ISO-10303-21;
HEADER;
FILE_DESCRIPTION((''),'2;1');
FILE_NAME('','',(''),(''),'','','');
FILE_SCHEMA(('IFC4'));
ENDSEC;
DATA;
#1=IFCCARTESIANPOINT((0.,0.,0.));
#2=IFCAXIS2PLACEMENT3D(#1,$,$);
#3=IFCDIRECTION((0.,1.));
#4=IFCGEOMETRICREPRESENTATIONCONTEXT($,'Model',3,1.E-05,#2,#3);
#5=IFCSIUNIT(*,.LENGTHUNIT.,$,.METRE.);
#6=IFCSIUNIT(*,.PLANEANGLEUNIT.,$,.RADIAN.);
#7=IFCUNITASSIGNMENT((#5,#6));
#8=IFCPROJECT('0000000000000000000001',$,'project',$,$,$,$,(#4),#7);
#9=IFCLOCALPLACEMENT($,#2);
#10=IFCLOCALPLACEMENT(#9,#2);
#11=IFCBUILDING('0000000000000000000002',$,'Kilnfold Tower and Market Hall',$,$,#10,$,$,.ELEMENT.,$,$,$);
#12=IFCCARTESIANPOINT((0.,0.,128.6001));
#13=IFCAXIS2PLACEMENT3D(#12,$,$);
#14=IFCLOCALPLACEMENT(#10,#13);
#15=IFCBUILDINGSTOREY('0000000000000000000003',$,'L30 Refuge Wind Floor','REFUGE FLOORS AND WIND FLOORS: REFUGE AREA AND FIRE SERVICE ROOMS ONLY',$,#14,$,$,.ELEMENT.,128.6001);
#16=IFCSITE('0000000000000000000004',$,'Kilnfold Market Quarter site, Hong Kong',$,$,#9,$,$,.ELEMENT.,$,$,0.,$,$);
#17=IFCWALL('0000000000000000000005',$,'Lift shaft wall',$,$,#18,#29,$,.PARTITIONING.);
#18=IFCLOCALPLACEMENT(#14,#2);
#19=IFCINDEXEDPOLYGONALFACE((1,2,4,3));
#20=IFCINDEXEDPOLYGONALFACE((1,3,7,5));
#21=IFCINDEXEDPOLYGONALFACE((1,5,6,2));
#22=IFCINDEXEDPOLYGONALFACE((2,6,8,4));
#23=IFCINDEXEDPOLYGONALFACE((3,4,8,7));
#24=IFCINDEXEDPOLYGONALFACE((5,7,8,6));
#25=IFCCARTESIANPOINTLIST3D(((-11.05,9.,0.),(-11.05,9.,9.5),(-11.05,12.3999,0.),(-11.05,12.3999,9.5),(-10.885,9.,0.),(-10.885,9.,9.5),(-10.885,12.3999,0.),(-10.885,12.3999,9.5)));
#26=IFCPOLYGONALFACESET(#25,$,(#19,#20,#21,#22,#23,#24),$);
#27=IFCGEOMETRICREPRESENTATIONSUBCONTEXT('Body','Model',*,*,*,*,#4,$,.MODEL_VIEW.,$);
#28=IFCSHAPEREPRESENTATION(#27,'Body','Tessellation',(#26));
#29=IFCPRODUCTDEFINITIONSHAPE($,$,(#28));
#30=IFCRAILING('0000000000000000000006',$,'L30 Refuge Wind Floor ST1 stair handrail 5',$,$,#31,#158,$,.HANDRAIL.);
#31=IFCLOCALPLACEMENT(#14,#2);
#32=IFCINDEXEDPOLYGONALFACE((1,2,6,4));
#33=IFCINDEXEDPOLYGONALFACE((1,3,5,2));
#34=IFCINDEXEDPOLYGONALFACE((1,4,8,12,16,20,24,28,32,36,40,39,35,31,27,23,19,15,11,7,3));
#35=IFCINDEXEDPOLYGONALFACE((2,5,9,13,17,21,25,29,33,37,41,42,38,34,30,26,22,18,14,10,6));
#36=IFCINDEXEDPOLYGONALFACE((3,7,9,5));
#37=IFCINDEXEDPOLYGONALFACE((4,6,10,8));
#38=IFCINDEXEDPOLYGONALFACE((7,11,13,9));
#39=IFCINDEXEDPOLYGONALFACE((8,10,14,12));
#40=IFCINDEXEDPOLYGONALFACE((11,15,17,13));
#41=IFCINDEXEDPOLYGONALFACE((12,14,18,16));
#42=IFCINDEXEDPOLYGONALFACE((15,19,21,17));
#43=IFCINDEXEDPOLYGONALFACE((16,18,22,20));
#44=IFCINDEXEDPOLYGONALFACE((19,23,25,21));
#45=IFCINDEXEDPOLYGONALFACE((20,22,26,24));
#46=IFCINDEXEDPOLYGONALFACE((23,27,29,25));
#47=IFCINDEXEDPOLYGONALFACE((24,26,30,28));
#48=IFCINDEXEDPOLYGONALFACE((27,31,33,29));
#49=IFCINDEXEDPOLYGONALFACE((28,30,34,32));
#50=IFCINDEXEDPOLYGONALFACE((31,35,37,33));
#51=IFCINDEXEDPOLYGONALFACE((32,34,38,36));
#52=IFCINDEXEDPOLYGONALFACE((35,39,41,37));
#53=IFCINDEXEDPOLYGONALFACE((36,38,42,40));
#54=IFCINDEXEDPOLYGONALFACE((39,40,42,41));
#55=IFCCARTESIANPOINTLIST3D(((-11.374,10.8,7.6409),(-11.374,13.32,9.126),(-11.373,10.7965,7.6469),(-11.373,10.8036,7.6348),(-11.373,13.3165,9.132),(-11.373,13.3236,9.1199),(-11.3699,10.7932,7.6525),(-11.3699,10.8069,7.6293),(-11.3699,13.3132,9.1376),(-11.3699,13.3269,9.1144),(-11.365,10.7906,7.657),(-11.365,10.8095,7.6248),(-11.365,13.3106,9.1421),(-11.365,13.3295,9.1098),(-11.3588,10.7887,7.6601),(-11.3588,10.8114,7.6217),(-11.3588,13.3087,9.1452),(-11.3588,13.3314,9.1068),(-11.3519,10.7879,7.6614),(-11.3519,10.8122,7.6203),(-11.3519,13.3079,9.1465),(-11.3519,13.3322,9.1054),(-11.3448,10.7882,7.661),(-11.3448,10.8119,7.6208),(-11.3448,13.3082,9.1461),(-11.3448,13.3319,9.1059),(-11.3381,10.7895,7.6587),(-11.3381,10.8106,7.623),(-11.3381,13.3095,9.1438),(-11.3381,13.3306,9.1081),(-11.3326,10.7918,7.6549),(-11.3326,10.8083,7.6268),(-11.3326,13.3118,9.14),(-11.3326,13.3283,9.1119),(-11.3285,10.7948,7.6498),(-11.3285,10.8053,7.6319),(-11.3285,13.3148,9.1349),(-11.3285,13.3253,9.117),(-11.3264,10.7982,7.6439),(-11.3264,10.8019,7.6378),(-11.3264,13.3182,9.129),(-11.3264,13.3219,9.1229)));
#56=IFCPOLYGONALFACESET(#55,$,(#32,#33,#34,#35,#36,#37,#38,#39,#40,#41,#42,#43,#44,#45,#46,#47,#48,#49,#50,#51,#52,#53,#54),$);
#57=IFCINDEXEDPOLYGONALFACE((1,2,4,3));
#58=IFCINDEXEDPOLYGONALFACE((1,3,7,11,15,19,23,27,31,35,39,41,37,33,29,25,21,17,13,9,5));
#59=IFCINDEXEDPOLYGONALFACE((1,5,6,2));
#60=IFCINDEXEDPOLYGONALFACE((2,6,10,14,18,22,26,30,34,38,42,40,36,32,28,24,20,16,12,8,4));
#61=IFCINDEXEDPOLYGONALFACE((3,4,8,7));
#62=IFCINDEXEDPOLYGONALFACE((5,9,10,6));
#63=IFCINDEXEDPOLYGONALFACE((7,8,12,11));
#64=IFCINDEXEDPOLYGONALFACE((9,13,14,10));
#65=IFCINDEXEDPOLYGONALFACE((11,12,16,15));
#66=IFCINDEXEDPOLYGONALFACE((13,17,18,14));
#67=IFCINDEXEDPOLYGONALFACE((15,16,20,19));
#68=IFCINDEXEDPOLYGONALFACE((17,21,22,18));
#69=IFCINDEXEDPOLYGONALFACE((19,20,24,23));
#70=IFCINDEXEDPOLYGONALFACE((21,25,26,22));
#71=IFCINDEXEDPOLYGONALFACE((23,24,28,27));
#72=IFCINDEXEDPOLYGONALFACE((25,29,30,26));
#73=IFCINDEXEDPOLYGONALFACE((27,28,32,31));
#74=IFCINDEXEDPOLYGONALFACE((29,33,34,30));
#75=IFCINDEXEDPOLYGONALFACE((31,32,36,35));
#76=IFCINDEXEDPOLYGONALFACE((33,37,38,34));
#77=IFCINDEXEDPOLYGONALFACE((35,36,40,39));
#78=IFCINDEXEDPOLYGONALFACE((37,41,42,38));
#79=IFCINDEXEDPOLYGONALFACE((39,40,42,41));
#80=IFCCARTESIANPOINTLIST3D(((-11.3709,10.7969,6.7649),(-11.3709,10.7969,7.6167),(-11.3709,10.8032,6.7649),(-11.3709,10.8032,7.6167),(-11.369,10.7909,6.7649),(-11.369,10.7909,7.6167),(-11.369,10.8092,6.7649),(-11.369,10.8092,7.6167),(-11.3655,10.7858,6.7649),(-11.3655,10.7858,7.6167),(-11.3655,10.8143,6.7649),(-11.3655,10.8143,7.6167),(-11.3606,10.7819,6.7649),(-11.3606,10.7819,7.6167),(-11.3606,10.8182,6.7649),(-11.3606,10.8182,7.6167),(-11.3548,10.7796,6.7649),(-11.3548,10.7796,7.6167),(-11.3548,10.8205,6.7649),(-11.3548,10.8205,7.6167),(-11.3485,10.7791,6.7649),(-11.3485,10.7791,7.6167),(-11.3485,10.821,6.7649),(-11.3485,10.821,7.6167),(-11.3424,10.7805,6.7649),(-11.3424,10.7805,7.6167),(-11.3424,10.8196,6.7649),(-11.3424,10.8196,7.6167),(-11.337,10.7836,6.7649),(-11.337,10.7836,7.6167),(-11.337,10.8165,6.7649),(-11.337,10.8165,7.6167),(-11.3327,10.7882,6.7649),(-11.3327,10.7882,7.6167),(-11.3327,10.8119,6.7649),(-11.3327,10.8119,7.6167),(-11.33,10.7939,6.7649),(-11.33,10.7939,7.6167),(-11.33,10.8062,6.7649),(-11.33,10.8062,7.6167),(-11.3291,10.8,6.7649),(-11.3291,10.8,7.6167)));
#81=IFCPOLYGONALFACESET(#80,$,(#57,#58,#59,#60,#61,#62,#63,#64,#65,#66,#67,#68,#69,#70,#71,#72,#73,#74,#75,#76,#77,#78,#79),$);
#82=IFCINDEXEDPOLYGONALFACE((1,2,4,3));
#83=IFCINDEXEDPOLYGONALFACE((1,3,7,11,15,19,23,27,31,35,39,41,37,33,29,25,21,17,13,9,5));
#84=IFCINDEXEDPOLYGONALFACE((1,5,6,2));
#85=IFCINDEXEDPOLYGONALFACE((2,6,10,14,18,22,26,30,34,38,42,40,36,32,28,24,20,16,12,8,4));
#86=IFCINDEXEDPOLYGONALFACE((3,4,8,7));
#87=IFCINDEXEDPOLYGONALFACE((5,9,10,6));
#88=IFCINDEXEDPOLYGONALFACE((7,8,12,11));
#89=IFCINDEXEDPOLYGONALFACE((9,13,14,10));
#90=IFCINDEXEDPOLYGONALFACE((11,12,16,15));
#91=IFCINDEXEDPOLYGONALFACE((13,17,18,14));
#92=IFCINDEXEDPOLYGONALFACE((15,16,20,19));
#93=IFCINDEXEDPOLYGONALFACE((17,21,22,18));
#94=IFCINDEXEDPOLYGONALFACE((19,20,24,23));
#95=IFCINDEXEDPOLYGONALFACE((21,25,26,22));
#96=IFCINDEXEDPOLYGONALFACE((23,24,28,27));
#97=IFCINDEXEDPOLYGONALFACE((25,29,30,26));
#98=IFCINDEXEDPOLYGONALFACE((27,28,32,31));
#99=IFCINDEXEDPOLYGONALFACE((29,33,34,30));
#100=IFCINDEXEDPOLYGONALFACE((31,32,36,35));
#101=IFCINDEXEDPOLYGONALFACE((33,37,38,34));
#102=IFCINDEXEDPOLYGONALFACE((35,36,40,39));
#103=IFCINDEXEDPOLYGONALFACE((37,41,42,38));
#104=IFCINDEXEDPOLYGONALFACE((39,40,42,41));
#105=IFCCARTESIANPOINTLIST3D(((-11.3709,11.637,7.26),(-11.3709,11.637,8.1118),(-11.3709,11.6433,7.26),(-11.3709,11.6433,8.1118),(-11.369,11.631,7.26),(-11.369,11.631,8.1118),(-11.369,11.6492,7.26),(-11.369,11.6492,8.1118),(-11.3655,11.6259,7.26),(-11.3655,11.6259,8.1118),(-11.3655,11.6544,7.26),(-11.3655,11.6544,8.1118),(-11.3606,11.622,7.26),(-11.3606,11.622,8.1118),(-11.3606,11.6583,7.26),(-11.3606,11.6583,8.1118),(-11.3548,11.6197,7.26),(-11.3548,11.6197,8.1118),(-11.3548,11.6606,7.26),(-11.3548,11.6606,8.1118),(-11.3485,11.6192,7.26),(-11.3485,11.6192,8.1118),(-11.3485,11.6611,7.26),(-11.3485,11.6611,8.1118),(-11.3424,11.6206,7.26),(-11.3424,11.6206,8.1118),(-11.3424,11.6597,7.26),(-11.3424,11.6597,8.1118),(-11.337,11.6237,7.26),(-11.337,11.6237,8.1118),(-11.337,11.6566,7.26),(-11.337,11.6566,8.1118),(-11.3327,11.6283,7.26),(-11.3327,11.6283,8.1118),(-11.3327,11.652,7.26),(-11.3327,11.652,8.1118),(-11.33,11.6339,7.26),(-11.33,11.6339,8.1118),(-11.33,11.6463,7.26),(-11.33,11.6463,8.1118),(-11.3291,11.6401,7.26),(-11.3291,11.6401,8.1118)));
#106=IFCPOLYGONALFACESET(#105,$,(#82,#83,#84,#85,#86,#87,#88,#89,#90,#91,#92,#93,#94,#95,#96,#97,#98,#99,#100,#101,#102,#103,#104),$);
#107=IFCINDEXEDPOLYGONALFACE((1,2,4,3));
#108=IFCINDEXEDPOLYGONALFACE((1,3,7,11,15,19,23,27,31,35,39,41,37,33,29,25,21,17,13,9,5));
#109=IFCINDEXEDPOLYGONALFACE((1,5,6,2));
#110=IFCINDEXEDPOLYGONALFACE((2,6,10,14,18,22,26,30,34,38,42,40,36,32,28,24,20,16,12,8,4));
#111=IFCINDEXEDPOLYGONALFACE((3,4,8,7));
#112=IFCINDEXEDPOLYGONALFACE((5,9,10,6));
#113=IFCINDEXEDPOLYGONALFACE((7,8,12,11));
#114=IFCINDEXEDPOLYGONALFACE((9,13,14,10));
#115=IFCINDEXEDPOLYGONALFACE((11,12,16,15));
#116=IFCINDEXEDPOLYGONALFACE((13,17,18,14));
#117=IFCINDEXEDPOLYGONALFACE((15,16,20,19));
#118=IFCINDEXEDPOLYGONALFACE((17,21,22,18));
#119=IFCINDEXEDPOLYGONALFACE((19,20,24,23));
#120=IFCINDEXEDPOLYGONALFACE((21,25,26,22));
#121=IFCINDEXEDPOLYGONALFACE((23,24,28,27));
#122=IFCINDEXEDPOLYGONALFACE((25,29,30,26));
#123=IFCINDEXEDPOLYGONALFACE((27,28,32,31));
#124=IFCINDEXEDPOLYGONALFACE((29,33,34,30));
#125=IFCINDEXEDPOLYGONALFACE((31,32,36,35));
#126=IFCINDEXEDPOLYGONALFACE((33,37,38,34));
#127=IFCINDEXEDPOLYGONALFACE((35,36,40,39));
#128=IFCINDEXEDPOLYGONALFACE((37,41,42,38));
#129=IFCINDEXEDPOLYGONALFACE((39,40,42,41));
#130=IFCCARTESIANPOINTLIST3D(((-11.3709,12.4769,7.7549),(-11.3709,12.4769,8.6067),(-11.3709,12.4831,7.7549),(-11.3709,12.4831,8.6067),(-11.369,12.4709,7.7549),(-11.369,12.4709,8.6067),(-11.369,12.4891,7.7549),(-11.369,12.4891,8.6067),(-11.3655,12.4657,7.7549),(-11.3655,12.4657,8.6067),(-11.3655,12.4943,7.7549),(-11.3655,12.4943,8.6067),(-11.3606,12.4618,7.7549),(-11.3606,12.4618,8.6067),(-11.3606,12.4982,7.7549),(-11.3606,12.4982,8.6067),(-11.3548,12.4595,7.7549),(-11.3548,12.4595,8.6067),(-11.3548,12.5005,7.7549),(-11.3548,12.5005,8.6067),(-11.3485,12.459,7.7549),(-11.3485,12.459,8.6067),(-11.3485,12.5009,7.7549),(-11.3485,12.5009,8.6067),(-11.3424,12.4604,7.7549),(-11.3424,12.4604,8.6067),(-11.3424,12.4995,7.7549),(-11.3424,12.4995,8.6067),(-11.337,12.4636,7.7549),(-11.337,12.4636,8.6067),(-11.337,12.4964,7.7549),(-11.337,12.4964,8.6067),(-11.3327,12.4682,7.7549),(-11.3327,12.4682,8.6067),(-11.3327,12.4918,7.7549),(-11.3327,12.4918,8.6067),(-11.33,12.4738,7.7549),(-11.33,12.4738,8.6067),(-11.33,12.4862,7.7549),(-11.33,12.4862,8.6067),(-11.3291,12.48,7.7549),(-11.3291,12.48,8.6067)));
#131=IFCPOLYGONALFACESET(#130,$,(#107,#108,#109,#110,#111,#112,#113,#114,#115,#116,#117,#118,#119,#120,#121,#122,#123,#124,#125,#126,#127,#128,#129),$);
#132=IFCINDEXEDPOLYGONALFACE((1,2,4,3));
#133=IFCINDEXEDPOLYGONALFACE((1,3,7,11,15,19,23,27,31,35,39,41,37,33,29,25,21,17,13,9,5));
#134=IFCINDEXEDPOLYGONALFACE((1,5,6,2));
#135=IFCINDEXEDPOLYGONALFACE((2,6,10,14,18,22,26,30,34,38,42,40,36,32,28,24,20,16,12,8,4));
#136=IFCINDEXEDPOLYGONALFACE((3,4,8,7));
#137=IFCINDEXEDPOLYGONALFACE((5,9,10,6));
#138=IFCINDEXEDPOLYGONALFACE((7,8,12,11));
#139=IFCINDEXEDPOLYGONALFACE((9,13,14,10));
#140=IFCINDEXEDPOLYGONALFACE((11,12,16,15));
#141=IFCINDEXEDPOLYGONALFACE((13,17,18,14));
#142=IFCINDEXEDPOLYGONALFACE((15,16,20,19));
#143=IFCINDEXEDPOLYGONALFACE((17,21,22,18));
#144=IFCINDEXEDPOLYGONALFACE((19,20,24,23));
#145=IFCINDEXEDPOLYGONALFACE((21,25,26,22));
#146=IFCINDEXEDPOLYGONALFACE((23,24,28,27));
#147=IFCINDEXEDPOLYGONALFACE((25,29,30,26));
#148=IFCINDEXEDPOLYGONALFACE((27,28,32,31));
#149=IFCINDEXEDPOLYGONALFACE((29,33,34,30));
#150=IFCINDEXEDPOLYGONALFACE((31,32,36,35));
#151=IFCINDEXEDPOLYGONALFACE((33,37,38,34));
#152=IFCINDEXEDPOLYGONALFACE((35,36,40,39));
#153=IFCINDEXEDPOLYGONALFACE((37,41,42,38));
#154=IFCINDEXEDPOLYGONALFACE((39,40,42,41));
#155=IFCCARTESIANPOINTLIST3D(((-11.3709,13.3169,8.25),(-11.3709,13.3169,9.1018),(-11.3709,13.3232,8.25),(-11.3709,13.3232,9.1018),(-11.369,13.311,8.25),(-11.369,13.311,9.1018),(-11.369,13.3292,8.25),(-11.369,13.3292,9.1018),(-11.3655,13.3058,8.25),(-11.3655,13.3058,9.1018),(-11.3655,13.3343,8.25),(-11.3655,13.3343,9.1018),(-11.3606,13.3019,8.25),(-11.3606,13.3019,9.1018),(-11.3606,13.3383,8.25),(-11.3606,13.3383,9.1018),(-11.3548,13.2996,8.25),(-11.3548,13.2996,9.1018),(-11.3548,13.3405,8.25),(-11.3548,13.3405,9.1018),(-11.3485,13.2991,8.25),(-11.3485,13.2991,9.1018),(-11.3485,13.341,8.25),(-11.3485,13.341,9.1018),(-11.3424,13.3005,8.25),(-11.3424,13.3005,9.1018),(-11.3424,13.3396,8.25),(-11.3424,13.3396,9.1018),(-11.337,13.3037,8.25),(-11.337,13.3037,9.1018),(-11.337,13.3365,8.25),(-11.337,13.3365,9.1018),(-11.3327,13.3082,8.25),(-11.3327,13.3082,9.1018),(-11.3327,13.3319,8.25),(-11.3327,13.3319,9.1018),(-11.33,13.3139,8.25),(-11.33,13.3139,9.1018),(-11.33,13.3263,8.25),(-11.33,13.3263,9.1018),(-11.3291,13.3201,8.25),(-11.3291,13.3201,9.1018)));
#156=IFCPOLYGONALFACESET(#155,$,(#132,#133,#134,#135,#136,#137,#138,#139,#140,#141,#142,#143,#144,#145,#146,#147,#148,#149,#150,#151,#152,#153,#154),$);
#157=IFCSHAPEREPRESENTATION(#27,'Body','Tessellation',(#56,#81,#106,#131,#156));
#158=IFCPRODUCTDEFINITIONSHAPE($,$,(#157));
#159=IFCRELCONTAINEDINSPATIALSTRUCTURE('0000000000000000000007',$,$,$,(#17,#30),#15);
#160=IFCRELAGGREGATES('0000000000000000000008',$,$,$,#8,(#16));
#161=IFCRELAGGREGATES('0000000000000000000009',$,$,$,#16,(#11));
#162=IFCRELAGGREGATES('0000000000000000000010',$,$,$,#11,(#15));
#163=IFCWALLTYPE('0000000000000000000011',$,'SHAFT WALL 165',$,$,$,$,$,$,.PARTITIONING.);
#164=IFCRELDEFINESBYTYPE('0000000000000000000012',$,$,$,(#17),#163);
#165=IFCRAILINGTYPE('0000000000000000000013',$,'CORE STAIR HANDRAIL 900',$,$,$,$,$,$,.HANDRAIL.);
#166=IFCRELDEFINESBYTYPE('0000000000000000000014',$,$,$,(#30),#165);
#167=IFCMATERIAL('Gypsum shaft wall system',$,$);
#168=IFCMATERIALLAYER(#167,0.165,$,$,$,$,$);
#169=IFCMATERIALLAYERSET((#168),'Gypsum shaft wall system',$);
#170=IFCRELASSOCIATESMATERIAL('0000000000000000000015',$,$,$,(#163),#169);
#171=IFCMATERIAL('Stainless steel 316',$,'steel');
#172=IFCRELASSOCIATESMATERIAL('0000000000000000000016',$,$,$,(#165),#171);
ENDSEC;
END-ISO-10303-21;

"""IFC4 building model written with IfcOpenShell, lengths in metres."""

from ifc_helpers import new_model, si_unit, direction, frame, frame_2d, origin, origin_2d, place, context, subcontext, project, spatial, rectangle, circle, extrude, source, transform, mapped, material, layer, layer_set, type_object, element, save


model = new_model("IFC4")

# Units and contexts
model_context = context("Model", 3, precision=1e-05, world=origin(), true_north=direction((0.0, 1.0)))
body_context = subcontext(model_context, "Body", "Model", "MODEL_VIEW")
ifc_project = project(units=[si_unit("LENGTHUNIT", "METRE"), si_unit("PLANEANGLEUNIT", "RADIAN")], contexts=[model_context])

# Site, building, storey
site_placement = place(None, origin())
site = spatial("IfcSite", under=ifc_project, at=site_placement, Name="Kilnfold Market Quarter site, Hong Kong", CompositionType="ELEMENT", RefElevation=0.0)
building_placement = place(site_placement, origin())
building = spatial("IfcBuilding", under=site, at=building_placement, Name="Kilnfold Tower and Market Hall", CompositionType="ELEMENT")
storey_placement = place(building_placement, frame((0.0, 0.0, 128.6001)))
storey = spatial("IfcBuildingStorey", under=building, at=storey_placement, Name="L30 Refuge Wind Floor", Description="REFUGE FLOORS AND WIND FLOORS: REFUGE AREA AND FIRE SERVICE ROOMS ONLY", CompositionType="ELEMENT", Elevation=128.6001)

# Wall
ifc_material_1 = material(Name="Gypsum shaft wall system")
ifc_layer_1 = layer(ifc_material_1, 0.165)
ifc_layer_set_1 = layer_set([ifc_layer_1], Name="Gypsum shaft wall system")
wall_type_1 = type_object("IfcWallType", Name="SHAFT WALL 165", PredefinedType="PARTITIONING", material=ifc_layer_set_1)
shared_shape_1 = source(origin(), body_context, "Body", "SweptSolid", [
    extrude(rectangle(XDim=3.3999, YDim=0.165, at=frame_2d((1.7, 0.0))), origin(), (0.0, 0.0, 1.0), 9.5),
])
wall_1_placement = place(storey_placement, frame((-10.9675, 9.0, 0.0), z_axis=(0.0, 0.0, 1.0), x_axis=(0.0, 1.0, 0.0)))
element("IfcWall", 1, at=wall_1_placement, inside=storey, type_object=wall_type_1, Name="Lift shaft wall", PredefinedType="PARTITIONING", context=body_context, shape_type="MappedRepresentation", body=[
    mapped(shared_shape_1, transform((0.0, 0.0, 0.0))),
])

# Railing
ifc_material_2 = material(Name="Stainless steel 316", Category="steel")
railing_type = type_object("IfcRailingType", Name="CORE STAIR HANDRAIL 900", PredefinedType="HANDRAIL", material=ifc_material_2)
railing_placement = place(storey_placement, frame((-11.3501, 10.8, 6.7649)))
element("IfcRailing", 2, at=railing_placement, inside=storey, type_object=railing_type, Name="L30 Refuge Wind Floor ST1 stair handrail 5", PredefinedType="HANDRAIL", context=body_context, shape_type="SweptSolid", body=[
    extrude(circle(Radius=0.0239, at=origin_2d()), frame((0.0, 0.0, 0.876), z_axis=(0.0, 0.861524, 0.507717), x_axis=(-1.0, 0.0, 0.0)), (0.0, 0.0, 1.0), 2.925),
    extrude(circle(Radius=0.021, at=origin_2d()), origin(), (0.0, 0.0, 1.0), 0.8518),
    extrude(circle(Radius=0.021, at=origin_2d()), frame((0.0, 0.8401, 0.4951)), (0.0, 0.0, 1.0), 0.8518),
    extrude(circle(Radius=0.021, at=origin_2d()), frame((0.0, 1.6799, 0.99)), (0.0, 0.0, 1.0), 0.8518),
    extrude(circle(Radius=0.021, at=origin_2d()), frame((0.0, 2.52, 1.4851)), (0.0, 0.0, 1.0), 0.8518),
])

save(model, "model.ifc")
